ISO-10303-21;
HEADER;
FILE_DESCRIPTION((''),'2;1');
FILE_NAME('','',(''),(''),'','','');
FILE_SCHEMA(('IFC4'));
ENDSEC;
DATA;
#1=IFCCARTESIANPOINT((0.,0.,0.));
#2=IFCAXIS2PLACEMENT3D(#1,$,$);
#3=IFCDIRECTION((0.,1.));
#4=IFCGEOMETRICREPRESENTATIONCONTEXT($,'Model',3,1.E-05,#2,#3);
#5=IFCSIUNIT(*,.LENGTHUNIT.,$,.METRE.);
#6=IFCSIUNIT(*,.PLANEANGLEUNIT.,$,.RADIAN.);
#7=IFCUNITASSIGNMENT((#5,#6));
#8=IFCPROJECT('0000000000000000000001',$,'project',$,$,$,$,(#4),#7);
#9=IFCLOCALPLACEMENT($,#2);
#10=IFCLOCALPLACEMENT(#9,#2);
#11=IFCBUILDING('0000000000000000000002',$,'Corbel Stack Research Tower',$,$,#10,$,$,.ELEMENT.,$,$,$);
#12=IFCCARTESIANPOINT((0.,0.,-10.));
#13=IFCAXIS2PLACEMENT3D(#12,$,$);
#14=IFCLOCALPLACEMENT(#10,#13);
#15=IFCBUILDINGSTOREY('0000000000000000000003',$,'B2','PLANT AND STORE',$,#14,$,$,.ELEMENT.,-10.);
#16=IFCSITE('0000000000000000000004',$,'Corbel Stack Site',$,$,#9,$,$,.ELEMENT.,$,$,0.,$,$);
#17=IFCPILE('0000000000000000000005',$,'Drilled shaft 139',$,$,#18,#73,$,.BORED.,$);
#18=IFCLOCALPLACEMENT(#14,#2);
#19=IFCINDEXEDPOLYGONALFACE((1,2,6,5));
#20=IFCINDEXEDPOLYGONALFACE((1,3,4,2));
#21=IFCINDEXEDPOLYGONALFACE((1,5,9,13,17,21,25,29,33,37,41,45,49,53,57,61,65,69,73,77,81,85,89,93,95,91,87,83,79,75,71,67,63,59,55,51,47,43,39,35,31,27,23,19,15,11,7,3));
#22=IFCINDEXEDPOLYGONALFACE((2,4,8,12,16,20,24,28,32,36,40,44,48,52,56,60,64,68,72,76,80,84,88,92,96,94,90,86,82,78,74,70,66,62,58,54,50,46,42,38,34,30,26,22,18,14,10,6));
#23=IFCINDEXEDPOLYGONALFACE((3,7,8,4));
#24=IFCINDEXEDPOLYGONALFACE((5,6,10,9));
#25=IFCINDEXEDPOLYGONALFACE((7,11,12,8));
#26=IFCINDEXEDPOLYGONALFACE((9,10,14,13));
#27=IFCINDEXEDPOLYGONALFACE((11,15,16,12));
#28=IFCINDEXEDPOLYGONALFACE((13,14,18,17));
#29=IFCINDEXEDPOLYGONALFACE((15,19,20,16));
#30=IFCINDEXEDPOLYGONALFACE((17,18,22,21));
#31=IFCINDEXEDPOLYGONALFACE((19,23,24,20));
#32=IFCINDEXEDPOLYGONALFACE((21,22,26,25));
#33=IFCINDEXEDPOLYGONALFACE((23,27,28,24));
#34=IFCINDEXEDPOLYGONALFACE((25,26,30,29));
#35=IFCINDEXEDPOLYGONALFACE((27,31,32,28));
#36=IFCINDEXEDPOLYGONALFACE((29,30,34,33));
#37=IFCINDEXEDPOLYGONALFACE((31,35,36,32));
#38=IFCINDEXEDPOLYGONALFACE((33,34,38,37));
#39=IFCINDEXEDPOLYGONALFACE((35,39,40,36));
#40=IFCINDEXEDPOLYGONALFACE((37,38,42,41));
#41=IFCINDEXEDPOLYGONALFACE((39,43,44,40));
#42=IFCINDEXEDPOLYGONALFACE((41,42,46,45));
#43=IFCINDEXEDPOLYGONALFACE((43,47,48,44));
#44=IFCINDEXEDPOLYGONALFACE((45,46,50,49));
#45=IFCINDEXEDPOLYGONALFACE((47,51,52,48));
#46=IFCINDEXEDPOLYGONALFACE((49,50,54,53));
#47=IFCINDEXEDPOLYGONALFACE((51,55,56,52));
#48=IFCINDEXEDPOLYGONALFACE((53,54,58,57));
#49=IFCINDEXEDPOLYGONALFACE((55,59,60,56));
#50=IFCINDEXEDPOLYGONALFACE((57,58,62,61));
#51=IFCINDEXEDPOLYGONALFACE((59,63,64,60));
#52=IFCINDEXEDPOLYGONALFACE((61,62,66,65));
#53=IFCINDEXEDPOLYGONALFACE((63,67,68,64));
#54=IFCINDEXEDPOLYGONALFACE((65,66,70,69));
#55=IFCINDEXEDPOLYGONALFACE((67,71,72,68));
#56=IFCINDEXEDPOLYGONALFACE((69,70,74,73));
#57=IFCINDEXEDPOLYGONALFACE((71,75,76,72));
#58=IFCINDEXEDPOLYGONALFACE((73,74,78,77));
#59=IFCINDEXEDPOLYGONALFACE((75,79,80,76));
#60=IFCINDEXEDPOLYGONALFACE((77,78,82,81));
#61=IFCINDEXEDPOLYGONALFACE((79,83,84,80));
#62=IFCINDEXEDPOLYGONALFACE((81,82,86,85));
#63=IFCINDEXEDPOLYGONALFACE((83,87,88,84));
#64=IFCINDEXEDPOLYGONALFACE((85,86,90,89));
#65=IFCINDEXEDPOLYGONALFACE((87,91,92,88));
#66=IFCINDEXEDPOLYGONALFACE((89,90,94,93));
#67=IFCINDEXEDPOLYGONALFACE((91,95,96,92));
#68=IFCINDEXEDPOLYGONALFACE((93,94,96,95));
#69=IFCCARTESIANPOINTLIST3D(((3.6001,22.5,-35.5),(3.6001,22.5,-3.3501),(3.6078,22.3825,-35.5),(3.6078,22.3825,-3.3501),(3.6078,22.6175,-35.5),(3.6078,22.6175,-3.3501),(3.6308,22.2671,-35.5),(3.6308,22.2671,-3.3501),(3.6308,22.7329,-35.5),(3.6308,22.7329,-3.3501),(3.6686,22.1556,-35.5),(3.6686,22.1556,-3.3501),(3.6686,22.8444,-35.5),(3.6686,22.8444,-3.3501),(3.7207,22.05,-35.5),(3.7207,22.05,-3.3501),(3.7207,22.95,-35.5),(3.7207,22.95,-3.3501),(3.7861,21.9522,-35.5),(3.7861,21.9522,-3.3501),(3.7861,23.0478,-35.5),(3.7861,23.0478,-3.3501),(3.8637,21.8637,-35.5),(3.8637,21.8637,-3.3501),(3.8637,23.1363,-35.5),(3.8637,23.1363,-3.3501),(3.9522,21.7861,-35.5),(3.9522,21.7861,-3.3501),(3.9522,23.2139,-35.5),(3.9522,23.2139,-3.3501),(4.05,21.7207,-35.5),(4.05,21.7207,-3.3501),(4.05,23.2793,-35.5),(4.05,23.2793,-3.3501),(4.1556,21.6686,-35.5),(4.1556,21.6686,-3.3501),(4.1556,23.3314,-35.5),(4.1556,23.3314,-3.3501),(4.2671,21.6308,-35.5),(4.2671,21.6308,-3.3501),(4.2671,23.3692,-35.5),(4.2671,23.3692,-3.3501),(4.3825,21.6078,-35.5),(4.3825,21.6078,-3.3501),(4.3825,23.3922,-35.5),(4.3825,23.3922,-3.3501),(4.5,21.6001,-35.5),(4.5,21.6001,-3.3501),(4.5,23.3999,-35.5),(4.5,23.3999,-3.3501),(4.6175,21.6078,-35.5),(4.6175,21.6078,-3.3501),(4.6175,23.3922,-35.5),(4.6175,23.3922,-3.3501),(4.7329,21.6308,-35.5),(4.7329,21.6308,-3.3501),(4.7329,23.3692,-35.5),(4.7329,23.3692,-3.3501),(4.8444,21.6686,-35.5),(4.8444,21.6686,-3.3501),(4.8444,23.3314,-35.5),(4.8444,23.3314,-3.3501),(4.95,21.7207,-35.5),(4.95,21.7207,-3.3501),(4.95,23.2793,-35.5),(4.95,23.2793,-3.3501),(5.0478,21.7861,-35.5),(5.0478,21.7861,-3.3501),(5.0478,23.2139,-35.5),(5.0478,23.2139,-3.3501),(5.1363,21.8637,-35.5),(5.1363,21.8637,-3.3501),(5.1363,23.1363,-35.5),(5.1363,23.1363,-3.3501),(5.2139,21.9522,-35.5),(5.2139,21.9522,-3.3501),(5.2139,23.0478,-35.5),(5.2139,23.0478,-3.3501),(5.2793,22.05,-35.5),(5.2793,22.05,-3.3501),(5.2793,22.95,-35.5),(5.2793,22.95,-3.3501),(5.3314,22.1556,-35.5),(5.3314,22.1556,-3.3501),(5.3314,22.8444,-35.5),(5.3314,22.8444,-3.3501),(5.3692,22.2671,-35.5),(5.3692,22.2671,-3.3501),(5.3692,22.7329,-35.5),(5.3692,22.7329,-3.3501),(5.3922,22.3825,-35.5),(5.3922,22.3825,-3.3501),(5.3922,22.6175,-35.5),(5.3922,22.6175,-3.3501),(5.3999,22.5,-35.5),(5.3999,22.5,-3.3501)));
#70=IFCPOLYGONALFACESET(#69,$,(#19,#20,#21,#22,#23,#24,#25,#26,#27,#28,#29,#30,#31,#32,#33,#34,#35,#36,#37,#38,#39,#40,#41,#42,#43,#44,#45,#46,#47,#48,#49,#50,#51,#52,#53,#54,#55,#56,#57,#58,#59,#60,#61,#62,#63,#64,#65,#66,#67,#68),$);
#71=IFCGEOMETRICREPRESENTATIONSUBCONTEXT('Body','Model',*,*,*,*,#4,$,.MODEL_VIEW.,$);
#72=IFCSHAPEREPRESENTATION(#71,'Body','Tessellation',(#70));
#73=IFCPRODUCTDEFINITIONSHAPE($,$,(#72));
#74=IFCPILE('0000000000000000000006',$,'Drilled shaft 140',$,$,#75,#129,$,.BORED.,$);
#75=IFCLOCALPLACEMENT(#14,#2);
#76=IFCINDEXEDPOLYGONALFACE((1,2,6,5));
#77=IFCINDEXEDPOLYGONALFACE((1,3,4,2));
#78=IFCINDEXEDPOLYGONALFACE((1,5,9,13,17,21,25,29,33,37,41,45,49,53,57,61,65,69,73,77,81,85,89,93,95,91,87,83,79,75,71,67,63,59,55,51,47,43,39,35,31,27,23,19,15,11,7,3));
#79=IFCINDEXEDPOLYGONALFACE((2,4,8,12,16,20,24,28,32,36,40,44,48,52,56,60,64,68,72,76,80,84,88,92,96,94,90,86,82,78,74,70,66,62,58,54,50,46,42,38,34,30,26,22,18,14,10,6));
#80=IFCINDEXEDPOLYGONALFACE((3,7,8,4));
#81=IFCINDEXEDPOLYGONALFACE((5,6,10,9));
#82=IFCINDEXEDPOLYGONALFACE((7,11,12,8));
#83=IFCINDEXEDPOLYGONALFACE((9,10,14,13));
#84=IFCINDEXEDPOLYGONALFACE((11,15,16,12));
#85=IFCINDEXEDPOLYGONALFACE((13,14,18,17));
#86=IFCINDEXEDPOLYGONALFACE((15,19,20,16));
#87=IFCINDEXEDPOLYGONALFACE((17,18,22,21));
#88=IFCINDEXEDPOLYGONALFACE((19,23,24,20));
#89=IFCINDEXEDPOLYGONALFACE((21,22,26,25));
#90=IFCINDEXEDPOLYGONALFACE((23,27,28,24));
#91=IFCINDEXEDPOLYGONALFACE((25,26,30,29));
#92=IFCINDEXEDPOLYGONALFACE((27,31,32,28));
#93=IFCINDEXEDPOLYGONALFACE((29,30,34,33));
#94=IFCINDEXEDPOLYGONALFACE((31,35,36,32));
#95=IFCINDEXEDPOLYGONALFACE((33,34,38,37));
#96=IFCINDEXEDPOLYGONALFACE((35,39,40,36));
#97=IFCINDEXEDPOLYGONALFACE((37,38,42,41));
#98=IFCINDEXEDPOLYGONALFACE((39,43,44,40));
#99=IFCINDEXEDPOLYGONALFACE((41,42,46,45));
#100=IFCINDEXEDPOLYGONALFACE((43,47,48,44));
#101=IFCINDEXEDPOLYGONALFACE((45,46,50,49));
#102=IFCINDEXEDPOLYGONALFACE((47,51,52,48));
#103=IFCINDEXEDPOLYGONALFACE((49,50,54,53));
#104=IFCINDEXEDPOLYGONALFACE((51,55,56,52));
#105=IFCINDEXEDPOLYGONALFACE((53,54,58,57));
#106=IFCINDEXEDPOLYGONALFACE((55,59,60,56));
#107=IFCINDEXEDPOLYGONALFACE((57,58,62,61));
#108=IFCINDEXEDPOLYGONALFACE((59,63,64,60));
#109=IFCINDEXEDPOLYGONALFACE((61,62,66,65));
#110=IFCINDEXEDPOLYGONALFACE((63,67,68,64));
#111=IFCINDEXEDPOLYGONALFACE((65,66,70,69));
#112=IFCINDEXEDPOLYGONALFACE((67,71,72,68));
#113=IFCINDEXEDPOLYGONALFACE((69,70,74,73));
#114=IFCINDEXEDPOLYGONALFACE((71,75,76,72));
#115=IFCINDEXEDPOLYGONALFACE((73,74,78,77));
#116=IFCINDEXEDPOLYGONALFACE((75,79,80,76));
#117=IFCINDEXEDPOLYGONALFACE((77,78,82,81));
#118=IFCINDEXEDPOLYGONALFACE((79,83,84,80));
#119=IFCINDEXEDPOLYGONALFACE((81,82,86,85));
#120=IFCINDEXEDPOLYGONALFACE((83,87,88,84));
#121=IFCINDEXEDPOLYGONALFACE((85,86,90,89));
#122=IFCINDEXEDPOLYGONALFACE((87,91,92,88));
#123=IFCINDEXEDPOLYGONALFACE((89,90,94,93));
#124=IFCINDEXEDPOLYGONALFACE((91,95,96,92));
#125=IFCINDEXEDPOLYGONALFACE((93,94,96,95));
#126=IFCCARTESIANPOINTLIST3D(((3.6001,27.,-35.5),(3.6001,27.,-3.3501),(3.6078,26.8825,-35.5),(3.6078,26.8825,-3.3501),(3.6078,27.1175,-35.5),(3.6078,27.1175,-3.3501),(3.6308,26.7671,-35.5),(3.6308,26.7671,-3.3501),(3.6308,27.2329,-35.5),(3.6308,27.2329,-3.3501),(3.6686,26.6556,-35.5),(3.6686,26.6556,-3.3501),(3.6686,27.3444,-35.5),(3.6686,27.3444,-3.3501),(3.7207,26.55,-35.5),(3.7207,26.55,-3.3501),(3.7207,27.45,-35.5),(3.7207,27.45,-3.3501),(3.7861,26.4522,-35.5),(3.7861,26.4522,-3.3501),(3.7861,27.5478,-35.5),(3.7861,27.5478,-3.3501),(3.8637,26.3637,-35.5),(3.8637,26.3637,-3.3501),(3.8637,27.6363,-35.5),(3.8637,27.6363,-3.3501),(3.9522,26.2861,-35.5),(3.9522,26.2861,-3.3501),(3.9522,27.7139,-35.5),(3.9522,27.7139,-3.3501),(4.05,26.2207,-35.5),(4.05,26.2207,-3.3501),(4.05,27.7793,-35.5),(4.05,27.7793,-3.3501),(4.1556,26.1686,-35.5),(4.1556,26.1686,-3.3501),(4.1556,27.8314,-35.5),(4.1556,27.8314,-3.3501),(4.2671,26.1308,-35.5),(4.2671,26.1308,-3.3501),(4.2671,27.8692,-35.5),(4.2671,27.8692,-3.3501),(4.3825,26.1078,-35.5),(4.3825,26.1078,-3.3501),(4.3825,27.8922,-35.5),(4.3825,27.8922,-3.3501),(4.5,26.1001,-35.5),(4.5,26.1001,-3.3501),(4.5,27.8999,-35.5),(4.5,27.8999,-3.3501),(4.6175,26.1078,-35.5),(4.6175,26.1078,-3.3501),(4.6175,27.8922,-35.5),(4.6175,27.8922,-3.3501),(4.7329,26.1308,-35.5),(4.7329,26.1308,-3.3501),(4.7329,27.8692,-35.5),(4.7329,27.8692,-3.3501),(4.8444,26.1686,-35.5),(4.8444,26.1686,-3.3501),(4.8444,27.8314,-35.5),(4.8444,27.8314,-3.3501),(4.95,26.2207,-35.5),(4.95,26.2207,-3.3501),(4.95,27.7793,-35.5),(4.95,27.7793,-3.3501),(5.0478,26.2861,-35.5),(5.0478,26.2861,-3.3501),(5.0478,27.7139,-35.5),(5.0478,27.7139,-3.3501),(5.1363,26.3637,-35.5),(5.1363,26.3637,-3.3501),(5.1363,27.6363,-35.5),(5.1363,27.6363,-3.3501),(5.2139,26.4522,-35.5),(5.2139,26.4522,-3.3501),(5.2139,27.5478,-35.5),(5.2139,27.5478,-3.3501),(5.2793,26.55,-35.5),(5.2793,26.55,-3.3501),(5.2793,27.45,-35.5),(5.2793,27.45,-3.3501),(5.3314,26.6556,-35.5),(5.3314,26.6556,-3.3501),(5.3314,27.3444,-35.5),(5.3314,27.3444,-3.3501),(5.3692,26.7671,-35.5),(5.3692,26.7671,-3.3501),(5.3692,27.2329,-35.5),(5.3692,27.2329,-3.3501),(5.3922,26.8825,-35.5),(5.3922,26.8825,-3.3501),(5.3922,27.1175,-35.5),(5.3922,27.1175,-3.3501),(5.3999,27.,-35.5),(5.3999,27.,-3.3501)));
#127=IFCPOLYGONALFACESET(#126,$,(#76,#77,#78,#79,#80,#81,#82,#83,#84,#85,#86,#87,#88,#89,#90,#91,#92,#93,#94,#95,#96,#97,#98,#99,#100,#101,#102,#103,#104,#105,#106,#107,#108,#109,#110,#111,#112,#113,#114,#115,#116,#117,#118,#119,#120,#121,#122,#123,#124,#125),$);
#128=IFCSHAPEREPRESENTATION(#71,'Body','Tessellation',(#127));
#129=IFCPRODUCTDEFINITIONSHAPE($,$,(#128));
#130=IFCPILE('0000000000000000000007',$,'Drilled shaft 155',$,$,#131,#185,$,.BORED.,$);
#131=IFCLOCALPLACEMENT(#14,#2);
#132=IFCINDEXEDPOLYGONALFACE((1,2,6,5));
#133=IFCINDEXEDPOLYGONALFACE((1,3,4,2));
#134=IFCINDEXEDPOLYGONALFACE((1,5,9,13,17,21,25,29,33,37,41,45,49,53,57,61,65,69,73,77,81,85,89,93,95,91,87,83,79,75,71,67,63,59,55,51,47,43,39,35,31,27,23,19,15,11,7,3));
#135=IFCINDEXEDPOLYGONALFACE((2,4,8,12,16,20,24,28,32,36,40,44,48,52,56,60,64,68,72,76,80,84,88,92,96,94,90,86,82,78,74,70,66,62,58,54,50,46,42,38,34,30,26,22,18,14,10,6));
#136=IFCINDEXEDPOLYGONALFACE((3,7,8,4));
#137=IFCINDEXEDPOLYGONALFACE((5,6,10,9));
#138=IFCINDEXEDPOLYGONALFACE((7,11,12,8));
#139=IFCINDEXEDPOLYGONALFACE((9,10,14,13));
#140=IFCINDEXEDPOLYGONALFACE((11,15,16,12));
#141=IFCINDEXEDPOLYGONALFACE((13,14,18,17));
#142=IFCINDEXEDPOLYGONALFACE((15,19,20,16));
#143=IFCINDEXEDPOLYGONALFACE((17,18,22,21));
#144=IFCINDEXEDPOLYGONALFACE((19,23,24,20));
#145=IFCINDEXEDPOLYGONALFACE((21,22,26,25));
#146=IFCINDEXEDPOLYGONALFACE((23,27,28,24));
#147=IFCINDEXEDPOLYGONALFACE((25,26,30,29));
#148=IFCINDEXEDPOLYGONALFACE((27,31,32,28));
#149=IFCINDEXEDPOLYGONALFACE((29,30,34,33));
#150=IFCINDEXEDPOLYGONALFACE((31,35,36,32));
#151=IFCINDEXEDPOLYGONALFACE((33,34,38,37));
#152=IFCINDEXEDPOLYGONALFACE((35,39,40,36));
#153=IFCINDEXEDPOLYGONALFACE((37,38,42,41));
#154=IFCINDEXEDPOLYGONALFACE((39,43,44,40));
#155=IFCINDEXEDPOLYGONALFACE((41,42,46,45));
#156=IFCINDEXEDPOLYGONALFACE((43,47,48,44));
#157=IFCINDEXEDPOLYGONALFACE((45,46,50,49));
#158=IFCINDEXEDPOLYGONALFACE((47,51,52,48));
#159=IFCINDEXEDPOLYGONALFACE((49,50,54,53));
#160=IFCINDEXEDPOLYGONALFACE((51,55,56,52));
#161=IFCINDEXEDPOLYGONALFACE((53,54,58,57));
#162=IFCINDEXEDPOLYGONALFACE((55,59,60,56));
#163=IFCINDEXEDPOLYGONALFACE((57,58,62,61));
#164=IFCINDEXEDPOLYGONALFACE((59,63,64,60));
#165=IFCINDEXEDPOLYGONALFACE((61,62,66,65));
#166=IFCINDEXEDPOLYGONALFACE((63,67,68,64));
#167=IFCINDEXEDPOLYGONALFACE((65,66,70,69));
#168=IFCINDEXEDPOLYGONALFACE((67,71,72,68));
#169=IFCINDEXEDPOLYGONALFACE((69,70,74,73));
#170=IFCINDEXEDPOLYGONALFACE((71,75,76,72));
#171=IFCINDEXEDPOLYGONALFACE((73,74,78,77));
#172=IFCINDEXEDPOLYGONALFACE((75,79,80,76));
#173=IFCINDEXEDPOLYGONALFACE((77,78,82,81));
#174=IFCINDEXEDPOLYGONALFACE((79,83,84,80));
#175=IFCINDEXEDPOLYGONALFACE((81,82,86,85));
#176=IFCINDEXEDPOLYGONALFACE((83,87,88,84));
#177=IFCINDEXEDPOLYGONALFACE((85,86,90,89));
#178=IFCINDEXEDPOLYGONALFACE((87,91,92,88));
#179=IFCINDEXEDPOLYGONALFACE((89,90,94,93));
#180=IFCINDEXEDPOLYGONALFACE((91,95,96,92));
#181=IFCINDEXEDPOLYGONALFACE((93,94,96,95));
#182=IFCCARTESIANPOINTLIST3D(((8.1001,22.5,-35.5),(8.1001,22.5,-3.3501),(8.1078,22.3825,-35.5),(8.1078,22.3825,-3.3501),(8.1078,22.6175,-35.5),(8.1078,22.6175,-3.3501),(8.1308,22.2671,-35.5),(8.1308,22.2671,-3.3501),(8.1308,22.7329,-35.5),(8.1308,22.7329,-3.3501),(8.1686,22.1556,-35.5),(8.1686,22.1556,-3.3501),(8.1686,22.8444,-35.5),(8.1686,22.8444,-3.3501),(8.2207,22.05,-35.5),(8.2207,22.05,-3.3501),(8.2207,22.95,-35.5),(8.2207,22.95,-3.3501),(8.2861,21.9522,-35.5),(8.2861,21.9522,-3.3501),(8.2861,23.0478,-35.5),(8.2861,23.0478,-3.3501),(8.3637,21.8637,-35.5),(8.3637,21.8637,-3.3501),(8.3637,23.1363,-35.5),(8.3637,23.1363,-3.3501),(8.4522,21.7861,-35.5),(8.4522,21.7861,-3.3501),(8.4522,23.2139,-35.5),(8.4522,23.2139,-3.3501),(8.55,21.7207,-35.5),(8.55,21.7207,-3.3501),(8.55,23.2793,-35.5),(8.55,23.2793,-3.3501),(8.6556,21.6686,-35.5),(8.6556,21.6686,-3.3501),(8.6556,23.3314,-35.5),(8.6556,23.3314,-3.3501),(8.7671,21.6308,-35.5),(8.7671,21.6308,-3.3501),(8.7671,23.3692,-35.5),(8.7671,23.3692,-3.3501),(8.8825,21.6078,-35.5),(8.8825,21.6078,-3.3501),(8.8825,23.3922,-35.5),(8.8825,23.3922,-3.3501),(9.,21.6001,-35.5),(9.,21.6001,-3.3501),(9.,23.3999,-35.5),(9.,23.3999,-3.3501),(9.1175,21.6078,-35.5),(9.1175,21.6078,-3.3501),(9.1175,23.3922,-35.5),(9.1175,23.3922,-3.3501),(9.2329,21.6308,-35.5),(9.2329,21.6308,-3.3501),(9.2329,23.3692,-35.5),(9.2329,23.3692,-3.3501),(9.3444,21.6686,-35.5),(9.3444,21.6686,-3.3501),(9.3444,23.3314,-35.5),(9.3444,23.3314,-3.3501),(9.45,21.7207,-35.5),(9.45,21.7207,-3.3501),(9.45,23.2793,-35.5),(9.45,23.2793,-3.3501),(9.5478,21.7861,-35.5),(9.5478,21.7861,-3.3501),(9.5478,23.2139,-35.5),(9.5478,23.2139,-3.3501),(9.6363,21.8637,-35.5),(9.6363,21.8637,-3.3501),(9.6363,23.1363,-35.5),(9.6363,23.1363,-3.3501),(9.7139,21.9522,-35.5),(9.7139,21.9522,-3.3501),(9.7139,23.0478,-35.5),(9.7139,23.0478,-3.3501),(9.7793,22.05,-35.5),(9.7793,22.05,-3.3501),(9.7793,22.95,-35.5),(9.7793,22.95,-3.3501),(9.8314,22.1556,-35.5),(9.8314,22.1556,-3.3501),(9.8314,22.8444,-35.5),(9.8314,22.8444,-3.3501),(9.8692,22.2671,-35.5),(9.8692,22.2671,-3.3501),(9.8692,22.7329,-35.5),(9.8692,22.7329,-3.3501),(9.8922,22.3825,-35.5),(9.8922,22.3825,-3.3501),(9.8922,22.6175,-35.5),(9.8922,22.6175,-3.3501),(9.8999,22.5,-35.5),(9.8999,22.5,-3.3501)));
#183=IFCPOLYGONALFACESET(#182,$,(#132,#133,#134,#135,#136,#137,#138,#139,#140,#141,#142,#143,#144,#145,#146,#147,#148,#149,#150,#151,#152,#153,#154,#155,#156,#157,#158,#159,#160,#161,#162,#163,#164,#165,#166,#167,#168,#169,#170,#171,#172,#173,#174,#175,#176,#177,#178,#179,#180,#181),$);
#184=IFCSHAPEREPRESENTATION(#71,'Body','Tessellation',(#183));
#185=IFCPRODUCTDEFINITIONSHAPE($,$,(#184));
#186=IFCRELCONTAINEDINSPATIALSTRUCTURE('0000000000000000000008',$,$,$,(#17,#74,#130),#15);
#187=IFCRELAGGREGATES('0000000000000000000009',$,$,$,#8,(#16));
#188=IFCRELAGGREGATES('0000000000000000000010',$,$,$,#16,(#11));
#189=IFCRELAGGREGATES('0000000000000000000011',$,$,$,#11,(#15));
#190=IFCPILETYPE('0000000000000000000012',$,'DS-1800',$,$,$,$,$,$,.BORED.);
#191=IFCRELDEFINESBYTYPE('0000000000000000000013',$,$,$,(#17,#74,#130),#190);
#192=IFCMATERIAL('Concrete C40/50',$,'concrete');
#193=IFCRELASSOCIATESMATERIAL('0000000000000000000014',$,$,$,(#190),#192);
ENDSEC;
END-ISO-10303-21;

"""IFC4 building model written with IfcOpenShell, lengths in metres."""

from ifc_helpers import new_model, si_unit, direction, frame, origin, origin_2d, place, context, subcontext, project, spatial, circle, extrude, material, material_profile, profile_set, type_object, element, save


model = new_model("IFC4")

# Units and contexts
model_context = context("Model", 3, precision=1e-05, world=origin(), true_north=direction((0.0, 1.0)))
body_context = subcontext(model_context, "Body", "Model", "MODEL_VIEW")
ifc_project = project(units=[si_unit("LENGTHUNIT", "METRE"), si_unit("PLANEANGLEUNIT", "RADIAN")], contexts=[model_context])

# Site, building, storey
site_placement = place(None, origin())
site = spatial("IfcSite", under=ifc_project, at=site_placement, Name="Corbel Stack Site", CompositionType="ELEMENT", RefElevation=0.0)
building_placement = place(site_placement, origin())
building = spatial("IfcBuilding", under=site, at=building_placement, Name="Corbel Stack Research Tower", CompositionType="ELEMENT")
storey_placement = place(building_placement, frame((0.0, 0.0, -10.0)))
storey = spatial("IfcBuildingStorey", under=building, at=storey_placement, Name="B2", Description="PLANT AND STORE", CompositionType="ELEMENT", Elevation=-10.0)

# Piles
ifc_material_1 = material(Name="Concrete C40/50", Category="concrete")
ifc_material_profile_1 = material_profile(ifc_material_1, circle(Radius=0.8999, at=origin_2d()), Name="Shaft 1800")
ifc_profile_set_1 = profile_set([ifc_material_profile_1], Name="Concrete C40/50")
pile_type = type_object("IfcPileType", Name="DS-1800", PredefinedType="BORED", material=ifc_profile_set_1)
for number, where, z_axis, x_axis, name in (
    (1, (4.5, 22.5, -3.3501), (0.0, 0.0, -1.0), (1.0, 0.0, 0.0), "Drilled shaft 139"),
    (2, (4.5, 27.0, -3.3501), (0.0, 0.0, -1.0), (1.0, 0.0, 0.0), "Drilled shaft 140"),
    (3, (9.0, 22.5, -3.3501), (0.0, 0.0, -1.0), (1.0, 0.0, 0.0), "Drilled shaft 155"),
):
    element("IfcPile", number, at=place(storey_placement, frame(where, z_axis=z_axis, x_axis=x_axis)), inside=storey, type_object=pile_type, Name=name, PredefinedType="BORED", context=body_context, shape_type="SweptSolid", body=[
        extrude(circle(Radius=0.8999, at=origin_2d()), origin(), (0.0, 0.0, 1.0), 32.1499),
    ])

save(model, "model.ifc")
